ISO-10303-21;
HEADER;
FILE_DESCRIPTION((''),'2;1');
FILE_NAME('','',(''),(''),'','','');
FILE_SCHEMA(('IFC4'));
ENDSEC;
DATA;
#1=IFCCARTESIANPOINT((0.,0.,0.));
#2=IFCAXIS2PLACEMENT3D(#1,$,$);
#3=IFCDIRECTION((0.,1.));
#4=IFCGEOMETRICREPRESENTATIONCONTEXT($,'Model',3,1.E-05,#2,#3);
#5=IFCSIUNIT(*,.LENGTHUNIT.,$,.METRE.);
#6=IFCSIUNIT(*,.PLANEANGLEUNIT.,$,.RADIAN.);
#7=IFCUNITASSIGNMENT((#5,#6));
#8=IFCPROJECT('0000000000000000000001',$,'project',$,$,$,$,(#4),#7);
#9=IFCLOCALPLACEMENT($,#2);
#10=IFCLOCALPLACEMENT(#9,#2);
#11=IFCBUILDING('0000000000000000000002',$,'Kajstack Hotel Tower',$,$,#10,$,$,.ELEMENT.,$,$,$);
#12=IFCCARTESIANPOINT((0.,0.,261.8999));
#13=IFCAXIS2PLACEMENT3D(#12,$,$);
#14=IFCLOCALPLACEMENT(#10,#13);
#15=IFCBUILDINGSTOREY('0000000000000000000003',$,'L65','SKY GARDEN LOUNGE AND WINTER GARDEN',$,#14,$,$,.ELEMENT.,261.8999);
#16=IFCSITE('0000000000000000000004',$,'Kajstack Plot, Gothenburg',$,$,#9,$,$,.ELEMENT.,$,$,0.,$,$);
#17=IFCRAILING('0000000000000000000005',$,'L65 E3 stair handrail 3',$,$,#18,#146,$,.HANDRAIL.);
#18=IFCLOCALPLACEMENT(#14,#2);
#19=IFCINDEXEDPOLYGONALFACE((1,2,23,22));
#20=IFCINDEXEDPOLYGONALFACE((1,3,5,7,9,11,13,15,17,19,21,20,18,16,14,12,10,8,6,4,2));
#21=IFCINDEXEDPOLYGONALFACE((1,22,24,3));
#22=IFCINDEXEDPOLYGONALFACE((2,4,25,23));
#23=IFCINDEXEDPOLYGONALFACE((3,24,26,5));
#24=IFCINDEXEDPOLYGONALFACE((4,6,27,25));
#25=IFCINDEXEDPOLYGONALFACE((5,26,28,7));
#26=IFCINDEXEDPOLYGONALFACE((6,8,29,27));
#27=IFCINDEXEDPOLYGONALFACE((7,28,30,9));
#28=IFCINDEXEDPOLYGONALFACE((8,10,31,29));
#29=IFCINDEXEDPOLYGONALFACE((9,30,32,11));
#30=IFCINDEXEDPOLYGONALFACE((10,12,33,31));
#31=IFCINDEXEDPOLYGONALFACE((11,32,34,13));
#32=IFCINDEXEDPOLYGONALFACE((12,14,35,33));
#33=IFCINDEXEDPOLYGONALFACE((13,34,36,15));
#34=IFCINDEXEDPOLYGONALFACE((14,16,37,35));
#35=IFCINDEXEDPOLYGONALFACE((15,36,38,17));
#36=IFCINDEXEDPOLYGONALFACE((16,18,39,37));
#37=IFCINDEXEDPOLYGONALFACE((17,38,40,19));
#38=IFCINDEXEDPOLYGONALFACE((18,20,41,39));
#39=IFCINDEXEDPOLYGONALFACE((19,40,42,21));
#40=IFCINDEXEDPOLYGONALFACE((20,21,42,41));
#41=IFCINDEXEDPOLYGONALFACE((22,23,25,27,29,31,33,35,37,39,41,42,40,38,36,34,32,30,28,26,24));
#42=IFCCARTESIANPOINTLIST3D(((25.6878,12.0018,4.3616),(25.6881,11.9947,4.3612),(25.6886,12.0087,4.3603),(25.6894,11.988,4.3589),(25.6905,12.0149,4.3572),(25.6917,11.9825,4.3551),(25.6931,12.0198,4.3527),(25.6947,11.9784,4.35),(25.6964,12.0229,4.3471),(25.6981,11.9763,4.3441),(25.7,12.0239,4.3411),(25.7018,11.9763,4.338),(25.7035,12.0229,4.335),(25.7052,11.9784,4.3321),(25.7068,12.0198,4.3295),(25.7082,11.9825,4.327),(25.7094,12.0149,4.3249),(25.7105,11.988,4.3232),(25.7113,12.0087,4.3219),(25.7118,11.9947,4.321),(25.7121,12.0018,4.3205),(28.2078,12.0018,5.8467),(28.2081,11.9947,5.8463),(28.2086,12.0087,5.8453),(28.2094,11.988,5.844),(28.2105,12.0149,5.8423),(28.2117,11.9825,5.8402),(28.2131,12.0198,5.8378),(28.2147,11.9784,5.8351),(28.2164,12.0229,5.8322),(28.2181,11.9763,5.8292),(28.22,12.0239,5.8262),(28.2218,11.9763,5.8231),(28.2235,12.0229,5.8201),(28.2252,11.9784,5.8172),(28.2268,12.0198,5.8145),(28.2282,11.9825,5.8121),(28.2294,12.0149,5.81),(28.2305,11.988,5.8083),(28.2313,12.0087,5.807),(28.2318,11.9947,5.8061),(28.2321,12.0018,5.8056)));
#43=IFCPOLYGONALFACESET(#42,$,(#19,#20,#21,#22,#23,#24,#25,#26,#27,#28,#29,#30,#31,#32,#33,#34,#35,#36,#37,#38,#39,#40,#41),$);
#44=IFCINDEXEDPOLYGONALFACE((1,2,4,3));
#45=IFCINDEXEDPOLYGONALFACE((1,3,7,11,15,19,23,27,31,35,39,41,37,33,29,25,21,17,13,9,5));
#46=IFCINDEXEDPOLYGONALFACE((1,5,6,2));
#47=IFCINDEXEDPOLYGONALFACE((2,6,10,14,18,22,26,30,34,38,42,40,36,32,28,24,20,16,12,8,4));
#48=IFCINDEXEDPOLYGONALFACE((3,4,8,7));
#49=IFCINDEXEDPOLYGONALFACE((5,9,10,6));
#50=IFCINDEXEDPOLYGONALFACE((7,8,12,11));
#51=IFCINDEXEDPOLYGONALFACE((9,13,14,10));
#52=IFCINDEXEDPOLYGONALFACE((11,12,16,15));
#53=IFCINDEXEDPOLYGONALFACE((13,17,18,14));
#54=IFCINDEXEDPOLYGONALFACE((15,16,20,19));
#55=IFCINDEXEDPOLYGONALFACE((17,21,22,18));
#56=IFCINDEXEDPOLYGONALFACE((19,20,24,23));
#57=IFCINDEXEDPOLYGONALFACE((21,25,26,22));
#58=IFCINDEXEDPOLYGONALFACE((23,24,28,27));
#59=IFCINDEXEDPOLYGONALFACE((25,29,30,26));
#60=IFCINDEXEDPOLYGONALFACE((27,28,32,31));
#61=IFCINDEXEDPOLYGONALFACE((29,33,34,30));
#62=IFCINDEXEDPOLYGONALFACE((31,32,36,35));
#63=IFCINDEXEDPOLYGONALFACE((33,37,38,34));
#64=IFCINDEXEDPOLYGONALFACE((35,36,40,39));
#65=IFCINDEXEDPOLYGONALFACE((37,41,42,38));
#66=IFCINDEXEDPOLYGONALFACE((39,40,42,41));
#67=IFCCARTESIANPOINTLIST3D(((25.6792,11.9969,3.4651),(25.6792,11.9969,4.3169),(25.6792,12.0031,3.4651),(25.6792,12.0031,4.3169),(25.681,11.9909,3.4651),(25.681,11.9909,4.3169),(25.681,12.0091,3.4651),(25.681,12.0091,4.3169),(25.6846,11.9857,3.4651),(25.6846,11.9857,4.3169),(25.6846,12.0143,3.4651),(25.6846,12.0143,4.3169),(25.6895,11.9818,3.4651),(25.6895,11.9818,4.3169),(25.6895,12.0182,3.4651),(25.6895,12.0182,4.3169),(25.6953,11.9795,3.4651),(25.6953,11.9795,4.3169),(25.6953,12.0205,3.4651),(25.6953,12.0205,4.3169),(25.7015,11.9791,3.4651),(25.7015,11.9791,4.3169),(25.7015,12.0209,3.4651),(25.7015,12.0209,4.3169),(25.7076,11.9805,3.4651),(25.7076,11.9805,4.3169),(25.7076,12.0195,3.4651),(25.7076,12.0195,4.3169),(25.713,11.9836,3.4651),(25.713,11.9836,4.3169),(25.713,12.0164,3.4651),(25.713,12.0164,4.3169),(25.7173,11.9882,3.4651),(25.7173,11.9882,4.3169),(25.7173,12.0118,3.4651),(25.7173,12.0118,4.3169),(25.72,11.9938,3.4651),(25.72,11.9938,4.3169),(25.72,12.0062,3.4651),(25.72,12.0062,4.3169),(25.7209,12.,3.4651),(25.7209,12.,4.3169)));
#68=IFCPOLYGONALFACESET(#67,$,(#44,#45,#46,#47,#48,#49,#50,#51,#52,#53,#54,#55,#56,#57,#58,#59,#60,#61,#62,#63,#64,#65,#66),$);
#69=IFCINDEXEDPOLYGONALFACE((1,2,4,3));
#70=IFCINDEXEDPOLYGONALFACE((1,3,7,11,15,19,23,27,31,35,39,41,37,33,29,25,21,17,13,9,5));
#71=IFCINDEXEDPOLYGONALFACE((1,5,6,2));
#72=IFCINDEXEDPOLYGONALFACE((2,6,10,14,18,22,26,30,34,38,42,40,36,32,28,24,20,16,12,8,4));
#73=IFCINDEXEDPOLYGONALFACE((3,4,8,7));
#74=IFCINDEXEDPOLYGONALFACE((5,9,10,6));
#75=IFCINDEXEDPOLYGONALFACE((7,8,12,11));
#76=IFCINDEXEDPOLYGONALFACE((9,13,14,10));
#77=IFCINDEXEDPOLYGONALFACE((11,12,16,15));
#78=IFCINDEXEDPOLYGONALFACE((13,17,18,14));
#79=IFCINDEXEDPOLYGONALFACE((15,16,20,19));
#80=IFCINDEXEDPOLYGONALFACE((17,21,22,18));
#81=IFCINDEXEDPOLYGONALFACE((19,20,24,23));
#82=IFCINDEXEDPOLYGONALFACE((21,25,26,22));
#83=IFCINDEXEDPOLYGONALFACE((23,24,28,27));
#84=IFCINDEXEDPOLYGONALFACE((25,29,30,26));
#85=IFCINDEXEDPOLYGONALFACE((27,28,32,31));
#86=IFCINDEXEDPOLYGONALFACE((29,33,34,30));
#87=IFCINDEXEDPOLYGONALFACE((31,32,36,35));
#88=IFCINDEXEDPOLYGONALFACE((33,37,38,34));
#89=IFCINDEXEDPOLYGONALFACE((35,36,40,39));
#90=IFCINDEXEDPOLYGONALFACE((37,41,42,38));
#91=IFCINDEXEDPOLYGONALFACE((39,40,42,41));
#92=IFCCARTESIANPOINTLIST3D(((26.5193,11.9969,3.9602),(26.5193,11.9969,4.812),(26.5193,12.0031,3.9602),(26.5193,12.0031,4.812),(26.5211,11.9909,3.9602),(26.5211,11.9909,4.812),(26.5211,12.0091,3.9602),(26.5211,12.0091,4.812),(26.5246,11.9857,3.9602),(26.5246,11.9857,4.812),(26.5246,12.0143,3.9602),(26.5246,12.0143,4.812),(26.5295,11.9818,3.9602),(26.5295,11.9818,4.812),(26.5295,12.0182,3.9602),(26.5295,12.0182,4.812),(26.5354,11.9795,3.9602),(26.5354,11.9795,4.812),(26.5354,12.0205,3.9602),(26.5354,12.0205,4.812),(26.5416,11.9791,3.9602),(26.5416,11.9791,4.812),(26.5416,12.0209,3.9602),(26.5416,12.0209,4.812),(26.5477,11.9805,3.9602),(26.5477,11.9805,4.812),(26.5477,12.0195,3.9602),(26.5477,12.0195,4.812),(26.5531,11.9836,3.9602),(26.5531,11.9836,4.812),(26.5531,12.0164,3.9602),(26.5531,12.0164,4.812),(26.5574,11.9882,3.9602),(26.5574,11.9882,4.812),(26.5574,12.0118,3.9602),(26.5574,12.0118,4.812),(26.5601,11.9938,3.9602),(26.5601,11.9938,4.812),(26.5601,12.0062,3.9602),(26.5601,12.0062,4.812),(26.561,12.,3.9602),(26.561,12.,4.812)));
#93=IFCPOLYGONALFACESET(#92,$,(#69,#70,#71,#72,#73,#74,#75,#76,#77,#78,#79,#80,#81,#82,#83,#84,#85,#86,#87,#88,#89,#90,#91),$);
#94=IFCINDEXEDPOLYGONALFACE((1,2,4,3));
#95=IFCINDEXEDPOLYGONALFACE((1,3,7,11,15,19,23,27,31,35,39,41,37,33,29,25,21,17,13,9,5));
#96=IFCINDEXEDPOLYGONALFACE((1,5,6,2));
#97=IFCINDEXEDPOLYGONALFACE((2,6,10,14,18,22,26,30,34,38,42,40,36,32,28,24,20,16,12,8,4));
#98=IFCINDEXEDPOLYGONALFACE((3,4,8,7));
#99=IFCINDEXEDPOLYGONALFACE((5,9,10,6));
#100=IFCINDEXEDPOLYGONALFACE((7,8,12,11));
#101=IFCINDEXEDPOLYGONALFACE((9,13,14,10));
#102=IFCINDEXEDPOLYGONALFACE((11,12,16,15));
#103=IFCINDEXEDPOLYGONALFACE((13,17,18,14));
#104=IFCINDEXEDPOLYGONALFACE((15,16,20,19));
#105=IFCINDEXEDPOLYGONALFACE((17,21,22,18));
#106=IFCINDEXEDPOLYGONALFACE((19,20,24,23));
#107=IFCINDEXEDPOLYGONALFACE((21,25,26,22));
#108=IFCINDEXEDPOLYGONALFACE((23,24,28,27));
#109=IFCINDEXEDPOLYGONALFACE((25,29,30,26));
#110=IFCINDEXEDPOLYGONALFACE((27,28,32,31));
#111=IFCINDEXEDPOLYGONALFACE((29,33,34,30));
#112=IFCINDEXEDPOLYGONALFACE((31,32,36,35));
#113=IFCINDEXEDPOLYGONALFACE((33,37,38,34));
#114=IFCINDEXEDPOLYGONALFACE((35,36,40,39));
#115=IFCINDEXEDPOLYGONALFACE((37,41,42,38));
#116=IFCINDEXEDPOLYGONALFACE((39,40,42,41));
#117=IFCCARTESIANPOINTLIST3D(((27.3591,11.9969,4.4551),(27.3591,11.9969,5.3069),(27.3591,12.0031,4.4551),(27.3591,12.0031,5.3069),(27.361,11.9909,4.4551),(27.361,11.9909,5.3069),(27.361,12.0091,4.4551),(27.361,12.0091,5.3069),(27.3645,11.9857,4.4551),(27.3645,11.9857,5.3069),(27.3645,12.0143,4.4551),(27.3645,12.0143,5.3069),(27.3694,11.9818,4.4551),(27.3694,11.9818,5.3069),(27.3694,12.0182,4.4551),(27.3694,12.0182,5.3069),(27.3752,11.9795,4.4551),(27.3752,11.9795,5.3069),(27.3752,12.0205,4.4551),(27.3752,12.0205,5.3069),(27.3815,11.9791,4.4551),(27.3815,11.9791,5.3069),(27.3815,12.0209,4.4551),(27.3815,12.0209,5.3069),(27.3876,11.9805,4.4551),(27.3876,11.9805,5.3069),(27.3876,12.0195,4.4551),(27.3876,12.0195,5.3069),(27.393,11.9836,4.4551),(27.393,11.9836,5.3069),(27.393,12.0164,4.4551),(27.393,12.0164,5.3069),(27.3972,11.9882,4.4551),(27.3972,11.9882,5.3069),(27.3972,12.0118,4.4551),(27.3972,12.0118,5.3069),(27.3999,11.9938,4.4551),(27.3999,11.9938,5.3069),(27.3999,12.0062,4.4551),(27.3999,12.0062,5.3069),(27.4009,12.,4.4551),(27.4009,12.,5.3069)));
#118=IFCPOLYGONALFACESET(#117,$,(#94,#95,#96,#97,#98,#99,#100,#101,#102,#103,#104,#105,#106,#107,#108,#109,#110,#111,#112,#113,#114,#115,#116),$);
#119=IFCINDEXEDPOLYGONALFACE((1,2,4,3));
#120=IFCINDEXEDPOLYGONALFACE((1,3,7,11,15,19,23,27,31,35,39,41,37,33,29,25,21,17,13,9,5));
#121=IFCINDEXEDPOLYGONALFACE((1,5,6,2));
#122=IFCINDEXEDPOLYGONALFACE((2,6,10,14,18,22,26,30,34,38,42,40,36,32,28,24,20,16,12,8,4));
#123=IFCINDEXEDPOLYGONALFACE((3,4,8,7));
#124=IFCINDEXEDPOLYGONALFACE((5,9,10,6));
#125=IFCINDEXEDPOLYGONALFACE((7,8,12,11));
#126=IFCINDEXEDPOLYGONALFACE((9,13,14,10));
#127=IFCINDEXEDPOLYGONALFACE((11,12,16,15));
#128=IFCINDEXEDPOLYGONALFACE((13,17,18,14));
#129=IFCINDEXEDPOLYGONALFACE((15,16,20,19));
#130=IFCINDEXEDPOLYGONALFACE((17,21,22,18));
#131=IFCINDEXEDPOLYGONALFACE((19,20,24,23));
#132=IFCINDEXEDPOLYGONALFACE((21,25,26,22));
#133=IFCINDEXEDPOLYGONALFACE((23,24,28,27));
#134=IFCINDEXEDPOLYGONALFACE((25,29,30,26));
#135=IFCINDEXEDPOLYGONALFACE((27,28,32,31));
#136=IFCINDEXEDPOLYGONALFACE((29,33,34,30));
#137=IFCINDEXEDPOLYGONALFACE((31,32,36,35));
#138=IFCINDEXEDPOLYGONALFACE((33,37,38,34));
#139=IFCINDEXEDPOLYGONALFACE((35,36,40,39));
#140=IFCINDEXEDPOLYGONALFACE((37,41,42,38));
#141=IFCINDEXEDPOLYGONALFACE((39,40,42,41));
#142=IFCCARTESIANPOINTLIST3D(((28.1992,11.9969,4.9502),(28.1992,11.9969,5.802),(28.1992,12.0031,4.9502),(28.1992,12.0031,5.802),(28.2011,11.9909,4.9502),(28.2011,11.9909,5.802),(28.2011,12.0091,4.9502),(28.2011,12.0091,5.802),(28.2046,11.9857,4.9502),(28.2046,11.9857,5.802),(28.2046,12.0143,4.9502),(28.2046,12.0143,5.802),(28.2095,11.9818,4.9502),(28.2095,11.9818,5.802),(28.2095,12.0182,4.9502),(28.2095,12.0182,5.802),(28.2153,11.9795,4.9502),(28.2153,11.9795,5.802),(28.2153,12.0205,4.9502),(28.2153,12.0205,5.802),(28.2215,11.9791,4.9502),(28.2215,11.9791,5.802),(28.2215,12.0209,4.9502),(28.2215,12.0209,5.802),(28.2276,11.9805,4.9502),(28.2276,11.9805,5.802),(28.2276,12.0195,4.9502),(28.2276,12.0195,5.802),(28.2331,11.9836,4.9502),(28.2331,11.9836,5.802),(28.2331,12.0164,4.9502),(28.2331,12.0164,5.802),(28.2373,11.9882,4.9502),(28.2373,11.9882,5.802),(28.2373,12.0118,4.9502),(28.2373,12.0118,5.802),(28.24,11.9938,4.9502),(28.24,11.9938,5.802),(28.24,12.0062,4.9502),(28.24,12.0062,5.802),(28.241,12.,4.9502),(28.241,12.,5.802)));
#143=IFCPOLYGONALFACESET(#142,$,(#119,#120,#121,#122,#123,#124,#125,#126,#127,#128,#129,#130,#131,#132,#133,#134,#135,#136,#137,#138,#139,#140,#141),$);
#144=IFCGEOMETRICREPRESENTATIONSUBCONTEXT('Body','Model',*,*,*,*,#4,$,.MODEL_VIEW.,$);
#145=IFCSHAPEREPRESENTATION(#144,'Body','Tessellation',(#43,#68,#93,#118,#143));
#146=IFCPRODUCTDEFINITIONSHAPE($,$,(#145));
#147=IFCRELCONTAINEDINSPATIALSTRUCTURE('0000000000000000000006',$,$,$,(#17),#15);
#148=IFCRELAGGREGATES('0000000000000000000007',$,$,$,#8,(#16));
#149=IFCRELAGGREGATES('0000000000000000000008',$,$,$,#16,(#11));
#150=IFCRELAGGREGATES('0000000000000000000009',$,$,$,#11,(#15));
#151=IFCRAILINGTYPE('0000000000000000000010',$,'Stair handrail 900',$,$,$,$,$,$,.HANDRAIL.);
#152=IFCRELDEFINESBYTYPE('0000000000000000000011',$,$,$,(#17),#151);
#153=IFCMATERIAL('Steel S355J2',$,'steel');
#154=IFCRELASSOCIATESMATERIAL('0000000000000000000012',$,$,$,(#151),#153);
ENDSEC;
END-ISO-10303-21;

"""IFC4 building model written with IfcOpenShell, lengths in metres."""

from ifc_helpers import new_model, si_unit, direction, frame, origin, origin_2d, place, context, subcontext, project, spatial, circle, extrude, material, type_object, element, save


model = new_model("IFC4")

# Units and contexts
model_context = context("Model", 3, precision=1e-05, world=origin(), true_north=direction((0.0, 1.0)))
body_context = subcontext(model_context, "Body", "Model", "MODEL_VIEW")
ifc_project = project(units=[si_unit("LENGTHUNIT", "METRE"), si_unit("PLANEANGLEUNIT", "RADIAN")], contexts=[model_context])

# Site, building, storey
site_placement = place(None, origin())
site = spatial("IfcSite", under=ifc_project, at=site_placement, Name="Kajstack Plot, Gothenburg", CompositionType="ELEMENT", RefElevation=0.0)
building_placement = place(site_placement, origin())
building = spatial("IfcBuilding", under=site, at=building_placement, Name="Kajstack Hotel Tower", CompositionType="ELEMENT")
storey_placement = place(building_placement, frame((0.0, 0.0, 261.8999)))
storey = spatial("IfcBuildingStorey", under=building, at=storey_placement, Name="L65", Description="SKY GARDEN LOUNGE AND WINTER GARDEN", CompositionType="ELEMENT", Elevation=261.8999)

# Railing
ifc_material_1 = material(Name="Steel S355J2", Category="steel")
railing_type_1 = type_object("IfcRailingType", Name="Stair handrail 900", PredefinedType="HANDRAIL", material=ifc_material_1)
for number, where, name in (
    (1, (25.7, 12.0, 3.4651), "L65 E3 stair handrail 3"),
):
    element("IfcRailing", number, at=place(storey_placement, frame(where)), inside=storey, type_object=railing_type_1, Name=name, PredefinedType="HANDRAIL", context=body_context, shape_type="SweptSolid", body=[
        extrude(circle(Radius=0.0239, at=origin_2d()), frame((0.0, 0.0, 0.876), z_axis=(0.861524, 0.0, 0.507717), x_axis=(0.0, 1.0, 0.0)), (0.0, 0.0, 1.0), 2.925),
        extrude(circle(Radius=0.021, at=origin_2d()), origin(), (0.0, 0.0, 1.0), 0.8518),
        extrude(circle(Radius=0.021, at=origin_2d()), frame((0.8401, 0.0, 0.4951)), (0.0, 0.0, 1.0), 0.8518),
        extrude(circle(Radius=0.021, at=origin_2d()), frame((1.6799, 0.0, 0.99)), (0.0, 0.0, 1.0), 0.8518),
        extrude(circle(Radius=0.021, at=origin_2d()), frame((2.52, 0.0, 1.4851)), (0.0, 0.0, 1.0), 0.8518),
    ])

save(model, "model.ifc")
